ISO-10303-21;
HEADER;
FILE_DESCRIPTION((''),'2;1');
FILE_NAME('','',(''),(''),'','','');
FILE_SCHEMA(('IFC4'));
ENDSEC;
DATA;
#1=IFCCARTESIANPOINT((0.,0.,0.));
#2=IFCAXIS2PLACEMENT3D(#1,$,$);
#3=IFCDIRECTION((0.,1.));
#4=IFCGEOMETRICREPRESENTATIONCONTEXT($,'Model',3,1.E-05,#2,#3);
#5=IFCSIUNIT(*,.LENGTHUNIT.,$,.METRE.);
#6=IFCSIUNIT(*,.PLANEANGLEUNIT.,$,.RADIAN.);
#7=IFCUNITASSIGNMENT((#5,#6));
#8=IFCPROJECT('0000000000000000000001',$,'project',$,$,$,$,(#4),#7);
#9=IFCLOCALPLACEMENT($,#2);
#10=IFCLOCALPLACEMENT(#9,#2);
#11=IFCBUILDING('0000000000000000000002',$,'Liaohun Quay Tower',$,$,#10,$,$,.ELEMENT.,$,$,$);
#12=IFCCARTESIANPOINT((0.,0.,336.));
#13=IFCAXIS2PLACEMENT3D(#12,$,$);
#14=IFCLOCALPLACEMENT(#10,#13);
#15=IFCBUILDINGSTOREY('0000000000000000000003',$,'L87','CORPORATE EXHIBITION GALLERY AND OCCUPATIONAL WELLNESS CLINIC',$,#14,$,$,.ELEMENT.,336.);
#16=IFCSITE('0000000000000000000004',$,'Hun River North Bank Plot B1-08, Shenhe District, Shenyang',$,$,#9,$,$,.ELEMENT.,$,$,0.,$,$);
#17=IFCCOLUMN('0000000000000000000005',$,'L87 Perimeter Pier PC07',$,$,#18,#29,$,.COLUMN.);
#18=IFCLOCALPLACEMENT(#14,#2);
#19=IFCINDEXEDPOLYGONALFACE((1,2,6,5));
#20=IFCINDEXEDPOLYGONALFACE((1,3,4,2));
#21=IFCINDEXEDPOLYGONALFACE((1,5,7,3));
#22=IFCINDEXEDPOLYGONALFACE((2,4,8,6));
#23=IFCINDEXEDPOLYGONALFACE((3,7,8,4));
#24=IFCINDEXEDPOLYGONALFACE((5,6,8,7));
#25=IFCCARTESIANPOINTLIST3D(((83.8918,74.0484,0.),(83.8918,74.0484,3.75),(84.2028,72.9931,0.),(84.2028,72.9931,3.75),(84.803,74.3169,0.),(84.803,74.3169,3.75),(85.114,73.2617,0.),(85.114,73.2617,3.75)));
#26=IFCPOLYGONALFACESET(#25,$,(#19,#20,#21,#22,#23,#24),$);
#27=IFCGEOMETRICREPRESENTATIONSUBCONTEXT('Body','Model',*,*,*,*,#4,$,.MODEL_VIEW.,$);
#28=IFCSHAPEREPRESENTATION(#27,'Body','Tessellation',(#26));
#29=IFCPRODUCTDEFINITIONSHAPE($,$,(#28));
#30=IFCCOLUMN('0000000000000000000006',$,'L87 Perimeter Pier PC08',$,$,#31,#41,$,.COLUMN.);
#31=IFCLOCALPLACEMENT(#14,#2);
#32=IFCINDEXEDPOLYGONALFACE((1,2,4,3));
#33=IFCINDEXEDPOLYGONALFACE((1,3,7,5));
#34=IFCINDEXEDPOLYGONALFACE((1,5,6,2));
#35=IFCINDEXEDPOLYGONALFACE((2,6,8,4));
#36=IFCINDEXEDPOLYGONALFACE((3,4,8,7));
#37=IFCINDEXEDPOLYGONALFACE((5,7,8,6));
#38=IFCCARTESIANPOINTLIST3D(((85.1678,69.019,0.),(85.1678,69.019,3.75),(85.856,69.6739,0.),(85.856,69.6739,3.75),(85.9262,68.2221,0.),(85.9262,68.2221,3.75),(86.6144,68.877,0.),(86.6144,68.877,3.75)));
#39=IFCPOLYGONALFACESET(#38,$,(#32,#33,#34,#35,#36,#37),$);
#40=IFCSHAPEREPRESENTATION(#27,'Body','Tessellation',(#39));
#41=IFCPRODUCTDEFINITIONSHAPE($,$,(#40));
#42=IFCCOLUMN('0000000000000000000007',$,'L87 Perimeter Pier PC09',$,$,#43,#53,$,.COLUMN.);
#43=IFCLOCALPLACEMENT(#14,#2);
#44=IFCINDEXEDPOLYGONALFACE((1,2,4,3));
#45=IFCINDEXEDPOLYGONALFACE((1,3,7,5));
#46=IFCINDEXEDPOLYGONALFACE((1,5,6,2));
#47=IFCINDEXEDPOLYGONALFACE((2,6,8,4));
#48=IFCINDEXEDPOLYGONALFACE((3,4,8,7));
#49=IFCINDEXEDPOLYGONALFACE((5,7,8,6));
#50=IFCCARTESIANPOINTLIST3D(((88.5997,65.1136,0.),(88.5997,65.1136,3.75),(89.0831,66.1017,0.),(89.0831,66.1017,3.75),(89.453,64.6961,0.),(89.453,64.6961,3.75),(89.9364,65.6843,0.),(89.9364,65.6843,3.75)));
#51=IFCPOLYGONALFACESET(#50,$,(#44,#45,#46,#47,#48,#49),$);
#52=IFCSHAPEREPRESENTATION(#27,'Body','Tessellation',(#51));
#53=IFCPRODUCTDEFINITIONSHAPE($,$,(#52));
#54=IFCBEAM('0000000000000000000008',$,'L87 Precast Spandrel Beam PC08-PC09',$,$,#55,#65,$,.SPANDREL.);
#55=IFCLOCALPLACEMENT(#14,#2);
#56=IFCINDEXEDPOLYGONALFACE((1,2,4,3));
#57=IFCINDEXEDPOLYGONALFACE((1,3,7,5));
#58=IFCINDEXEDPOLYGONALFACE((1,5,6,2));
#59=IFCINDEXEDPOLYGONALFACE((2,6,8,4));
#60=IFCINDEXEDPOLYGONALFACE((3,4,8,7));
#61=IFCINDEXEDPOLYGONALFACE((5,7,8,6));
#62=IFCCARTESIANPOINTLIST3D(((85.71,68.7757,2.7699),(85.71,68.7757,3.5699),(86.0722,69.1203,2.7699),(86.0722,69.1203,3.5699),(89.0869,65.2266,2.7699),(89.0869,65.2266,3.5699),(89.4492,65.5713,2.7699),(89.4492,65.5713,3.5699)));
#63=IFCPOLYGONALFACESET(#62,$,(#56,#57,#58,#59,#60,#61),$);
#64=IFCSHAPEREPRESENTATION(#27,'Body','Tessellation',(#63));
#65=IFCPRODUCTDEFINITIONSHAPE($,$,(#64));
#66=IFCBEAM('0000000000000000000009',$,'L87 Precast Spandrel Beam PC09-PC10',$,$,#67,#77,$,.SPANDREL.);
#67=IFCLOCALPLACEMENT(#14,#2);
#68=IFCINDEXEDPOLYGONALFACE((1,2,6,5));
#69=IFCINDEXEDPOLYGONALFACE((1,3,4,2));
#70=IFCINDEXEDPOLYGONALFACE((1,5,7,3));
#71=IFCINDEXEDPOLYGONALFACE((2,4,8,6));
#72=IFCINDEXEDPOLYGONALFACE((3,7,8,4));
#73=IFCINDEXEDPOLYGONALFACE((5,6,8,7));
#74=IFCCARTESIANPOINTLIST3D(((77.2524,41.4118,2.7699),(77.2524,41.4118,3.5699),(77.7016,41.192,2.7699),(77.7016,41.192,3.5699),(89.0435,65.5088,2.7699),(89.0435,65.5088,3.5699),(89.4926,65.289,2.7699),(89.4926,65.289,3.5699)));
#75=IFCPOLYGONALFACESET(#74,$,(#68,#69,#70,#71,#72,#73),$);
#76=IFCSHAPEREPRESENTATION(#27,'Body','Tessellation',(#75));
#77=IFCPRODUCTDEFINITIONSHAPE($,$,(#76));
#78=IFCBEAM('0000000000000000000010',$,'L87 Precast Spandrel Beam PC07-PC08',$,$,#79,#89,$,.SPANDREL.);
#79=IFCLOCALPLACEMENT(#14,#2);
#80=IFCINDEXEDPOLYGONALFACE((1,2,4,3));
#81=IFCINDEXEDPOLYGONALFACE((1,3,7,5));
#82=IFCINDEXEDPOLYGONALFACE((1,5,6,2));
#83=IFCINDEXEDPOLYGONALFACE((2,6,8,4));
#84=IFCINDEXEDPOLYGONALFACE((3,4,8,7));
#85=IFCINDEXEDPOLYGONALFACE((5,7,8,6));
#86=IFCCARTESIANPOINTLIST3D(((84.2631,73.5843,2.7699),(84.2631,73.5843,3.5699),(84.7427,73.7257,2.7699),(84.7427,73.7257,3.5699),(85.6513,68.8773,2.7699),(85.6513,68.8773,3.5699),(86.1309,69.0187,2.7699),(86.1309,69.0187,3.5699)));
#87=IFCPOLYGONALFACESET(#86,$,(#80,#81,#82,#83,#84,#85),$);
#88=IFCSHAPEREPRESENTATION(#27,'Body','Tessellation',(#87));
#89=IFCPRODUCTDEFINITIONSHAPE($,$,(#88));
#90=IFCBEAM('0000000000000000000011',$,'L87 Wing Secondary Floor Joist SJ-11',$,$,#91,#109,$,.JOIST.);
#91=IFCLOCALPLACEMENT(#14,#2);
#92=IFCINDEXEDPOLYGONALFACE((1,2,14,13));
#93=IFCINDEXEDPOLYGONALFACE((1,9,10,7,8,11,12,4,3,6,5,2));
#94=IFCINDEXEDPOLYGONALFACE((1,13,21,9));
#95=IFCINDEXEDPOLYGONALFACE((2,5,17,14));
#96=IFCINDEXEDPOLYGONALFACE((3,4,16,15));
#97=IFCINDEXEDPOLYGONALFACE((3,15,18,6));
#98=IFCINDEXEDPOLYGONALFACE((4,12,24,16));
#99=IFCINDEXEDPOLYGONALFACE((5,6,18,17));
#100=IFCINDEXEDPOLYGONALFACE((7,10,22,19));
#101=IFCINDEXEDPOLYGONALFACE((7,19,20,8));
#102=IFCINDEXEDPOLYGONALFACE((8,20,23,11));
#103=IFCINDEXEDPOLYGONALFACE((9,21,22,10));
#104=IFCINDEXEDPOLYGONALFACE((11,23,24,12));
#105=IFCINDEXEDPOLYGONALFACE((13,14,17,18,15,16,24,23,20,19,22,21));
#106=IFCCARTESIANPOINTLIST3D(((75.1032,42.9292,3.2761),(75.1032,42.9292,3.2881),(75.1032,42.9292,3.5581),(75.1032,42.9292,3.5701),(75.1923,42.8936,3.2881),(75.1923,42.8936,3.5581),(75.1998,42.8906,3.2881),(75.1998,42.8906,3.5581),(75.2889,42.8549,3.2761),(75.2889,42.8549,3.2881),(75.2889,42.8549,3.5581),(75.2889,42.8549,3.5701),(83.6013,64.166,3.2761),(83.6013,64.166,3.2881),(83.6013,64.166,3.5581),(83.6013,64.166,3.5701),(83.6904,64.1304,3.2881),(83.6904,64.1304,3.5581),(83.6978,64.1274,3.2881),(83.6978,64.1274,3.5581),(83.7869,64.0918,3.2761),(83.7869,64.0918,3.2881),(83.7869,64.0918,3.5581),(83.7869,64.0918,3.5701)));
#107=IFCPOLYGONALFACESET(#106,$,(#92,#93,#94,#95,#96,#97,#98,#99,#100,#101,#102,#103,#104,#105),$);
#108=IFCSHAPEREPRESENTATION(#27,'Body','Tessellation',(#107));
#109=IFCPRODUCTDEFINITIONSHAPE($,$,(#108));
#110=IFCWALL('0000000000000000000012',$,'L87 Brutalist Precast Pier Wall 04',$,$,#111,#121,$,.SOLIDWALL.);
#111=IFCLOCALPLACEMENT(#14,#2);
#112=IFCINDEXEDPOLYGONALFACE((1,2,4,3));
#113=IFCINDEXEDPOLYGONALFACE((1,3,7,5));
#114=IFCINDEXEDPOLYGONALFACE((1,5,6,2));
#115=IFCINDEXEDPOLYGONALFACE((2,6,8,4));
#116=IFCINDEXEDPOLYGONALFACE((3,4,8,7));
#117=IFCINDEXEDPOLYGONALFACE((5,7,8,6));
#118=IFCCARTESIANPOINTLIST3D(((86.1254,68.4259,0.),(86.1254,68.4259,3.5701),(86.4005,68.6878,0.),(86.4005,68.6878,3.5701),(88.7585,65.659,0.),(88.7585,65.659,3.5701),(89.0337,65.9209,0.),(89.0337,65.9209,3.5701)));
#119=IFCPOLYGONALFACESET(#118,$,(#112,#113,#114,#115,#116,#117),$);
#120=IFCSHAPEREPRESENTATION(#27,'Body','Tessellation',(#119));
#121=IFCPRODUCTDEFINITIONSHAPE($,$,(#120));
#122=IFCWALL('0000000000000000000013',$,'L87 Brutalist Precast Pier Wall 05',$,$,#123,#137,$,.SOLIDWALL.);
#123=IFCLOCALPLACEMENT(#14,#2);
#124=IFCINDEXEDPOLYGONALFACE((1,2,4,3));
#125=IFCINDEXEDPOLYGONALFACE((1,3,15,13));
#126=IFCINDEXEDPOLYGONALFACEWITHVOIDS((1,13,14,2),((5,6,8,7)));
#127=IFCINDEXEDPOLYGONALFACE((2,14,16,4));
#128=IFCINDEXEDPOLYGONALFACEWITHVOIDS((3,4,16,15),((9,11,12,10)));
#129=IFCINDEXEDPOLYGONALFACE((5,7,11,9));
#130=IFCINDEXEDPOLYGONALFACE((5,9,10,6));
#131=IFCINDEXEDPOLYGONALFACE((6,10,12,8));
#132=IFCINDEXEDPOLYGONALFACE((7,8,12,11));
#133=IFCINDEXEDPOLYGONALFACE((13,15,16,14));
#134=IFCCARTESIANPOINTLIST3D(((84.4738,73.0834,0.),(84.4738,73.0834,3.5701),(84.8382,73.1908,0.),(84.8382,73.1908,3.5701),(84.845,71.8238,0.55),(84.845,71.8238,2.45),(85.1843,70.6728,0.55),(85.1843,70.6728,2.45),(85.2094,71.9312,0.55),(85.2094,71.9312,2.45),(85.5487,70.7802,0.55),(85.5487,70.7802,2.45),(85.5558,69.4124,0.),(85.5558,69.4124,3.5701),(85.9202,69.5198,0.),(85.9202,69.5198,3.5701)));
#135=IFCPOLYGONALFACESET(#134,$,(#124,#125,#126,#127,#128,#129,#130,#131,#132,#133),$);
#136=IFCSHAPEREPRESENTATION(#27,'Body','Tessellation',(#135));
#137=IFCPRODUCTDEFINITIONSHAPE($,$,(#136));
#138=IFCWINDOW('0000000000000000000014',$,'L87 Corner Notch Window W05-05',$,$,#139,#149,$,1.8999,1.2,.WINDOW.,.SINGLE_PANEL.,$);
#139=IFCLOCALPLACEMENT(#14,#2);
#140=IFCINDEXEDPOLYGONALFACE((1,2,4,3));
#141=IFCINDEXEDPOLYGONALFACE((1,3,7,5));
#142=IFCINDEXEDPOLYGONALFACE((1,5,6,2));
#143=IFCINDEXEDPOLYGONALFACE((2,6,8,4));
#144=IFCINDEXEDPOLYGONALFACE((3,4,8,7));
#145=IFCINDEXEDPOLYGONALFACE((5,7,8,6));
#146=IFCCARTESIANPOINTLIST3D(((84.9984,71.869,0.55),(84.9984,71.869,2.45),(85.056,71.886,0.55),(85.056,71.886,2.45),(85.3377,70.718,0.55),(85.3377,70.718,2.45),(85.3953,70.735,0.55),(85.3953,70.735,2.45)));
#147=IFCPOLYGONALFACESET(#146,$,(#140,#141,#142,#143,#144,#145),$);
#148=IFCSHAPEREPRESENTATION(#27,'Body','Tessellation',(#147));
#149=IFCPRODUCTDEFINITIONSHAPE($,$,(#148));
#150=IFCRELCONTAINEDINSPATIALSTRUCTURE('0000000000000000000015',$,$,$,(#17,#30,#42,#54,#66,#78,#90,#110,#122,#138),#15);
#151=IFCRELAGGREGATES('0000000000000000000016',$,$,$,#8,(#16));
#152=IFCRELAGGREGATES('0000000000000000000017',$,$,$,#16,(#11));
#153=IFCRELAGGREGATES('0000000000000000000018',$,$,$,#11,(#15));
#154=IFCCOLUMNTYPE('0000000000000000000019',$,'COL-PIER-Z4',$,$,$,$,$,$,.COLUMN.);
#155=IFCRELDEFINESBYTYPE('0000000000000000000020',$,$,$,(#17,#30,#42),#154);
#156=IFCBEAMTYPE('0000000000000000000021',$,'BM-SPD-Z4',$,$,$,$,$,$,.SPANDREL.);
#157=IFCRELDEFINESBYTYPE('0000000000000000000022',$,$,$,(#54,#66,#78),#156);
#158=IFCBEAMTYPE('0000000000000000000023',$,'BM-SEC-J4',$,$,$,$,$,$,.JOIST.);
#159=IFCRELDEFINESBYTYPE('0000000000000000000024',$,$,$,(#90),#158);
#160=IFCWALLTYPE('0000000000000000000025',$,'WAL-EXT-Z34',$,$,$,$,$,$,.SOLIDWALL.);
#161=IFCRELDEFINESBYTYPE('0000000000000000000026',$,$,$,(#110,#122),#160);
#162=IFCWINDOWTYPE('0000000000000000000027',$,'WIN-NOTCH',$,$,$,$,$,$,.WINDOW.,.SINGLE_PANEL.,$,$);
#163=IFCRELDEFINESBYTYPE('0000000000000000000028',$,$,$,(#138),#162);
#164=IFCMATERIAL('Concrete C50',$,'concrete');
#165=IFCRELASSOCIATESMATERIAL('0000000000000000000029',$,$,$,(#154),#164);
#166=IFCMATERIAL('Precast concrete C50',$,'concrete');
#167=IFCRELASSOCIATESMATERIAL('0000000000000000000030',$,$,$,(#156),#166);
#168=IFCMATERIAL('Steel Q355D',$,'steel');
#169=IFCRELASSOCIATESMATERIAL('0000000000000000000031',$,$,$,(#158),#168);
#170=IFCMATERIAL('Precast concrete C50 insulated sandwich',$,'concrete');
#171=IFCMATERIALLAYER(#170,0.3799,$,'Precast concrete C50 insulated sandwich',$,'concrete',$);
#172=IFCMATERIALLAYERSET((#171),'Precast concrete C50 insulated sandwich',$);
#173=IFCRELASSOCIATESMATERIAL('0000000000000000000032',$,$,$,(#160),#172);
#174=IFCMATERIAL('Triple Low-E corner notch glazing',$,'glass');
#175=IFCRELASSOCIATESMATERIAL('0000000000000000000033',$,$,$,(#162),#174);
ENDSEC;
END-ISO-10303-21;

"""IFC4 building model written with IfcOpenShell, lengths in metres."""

from ifc_helpers import new_model, si_unit, direction, frame, frame_2d, origin, origin_2d, place, context, subcontext, project, spatial, rectangle, i_section, extrude, source, transform, mapped, material, layer, layer_set, material_profile, profile_set, type_object, element, fill, save


model = new_model("IFC4")

# Units and contexts
model_context = context("Model", 3, precision=1e-05, world=origin(), true_north=direction((0.0, 1.0)))
body_context = subcontext(model_context, "Body", "Model", "MODEL_VIEW")
ifc_project = project(units=[si_unit("LENGTHUNIT", "METRE"), si_unit("PLANEANGLEUNIT", "RADIAN")], contexts=[model_context])

# Site, building, storey
site_placement = place(None, origin())
site = spatial("IfcSite", under=ifc_project, at=site_placement, Name="Hun River North Bank Plot B1-08, Shenhe District, Shenyang", CompositionType="ELEMENT", RefElevation=0.0)
building_placement = place(site_placement, origin())
building = spatial("IfcBuilding", under=site, at=building_placement, Name="Liaohun Quay Tower", CompositionType="ELEMENT")
storey_placement = place(building_placement, frame((0.0, 0.0, 336.0)))
storey = spatial("IfcBuildingStorey", under=building, at=storey_placement, Name="L87", Description="CORPORATE EXHIBITION GALLERY AND OCCUPATIONAL WELLNESS CLINIC", CompositionType="ELEMENT", Elevation=336.0)

# Columns
ifc_material_1 = material(Name="Concrete C50", Category="concrete")
ifc_material_profile_1 = material_profile(ifc_material_1, rectangle(XDim=1.1001, YDim=0.95, at=origin_2d()), Name="RC1100x950")
ifc_profile_set_1 = profile_set([ifc_material_profile_1], Name="Concrete C50")
column_type = type_object("IfcColumnType", Name="COL-PIER-Z4", PredefinedType="COLUMN", material=ifc_profile_set_1)
shared_shape_1 = source(origin(), body_context, "Body", "SweptSolid", [
    extrude(rectangle(XDim=1.1001, YDim=0.95, at=origin_2d()), origin(), (0.0, 0.0, 1.0), 3.75),
])
for number, where, z_axis, x_axis, name in (
    (1, (84.5029, 73.655, 0.0), (0.0, 0.0, 1.0), (-0.282676, 0.959215, 0.0), "L87 Perimeter Pier PC07"),
    (2, (85.8911, 68.948, 0.0), (0.0, 0.0, 1.0), (-0.689367, 0.724413, 0.0), "L87 Perimeter Pier PC08"),
    (3, (89.2681, 65.3989, 0.0), (0.0, 0.0, 1.0), (0.439469, 0.898258, 0.0), "L87 Perimeter Pier PC09"),
):
    element("IfcColumn", number, at=place(storey_placement, frame(where, z_axis=z_axis, x_axis=x_axis)), inside=storey, type_object=column_type, Name=name, PredefinedType="COLUMN", context=body_context, shape_type="MappedRepresentation", body=[
        mapped(shared_shape_1, transform((0.0, 0.0, 0.0), x_axis=(1.0, 0.0, 0.0), y_axis=(0.0, 1.0, 0.0), z_axis=(0.0, 0.0, 1.0), scale=1.0)),
    ])

# Beams
ifc_material_2 = material(Name="Precast concrete C50", Category="concrete")
ifc_material_profile_2 = material_profile(ifc_material_2, rectangle(XDim=0.5, YDim=0.8, at=origin_2d()), Name="RC500x800")
ifc_profile_set_2 = profile_set([ifc_material_profile_2], Name="Precast concrete C50")
beam_type_1 = type_object("IfcBeamType", Name="BM-SPD-Z4", PredefinedType="SPANDREL", material=ifc_profile_set_2)
shared_shape_2 = source(origin(), body_context, "Body", "SweptSolid", [
    extrude(rectangle(XDim=0.5, YDim=0.8, at=origin_2d()), origin(), (0.0, 0.0, 1.0), 4.8989),
])
beam_1_placement = place(storey_placement, frame((85.8911, 68.948, 3.1699), z_axis=(0.689322, -0.724455, 0.0), x_axis=(0.724455, 0.689322, 0.0)))
element("IfcBeam", 4, at=beam_1_placement, inside=storey, type_object=beam_type_1, Name="L87 Precast Spandrel Beam PC08-PC09", PredefinedType="SPANDREL", context=body_context, shape_type="MappedRepresentation", body=[
    mapped(shared_shape_2, transform((0.0, 0.0, 0.0), x_axis=(1.0, 0.0, 0.0), y_axis=(0.0, 1.0, 0.0), z_axis=(0.0, 0.0, 1.0), scale=1.0)),
])
shared_shape_3 = source(origin(), body_context, "Body", "SweptSolid", [
    extrude(rectangle(XDim=0.5, YDim=0.8, at=origin_2d()), origin(), (0.0, 0.0, 1.0), 26.8271),
])
beam_2_placement = place(storey_placement, frame((89.2681, 65.3989, 3.1699), z_axis=(-0.43952, -0.898233, 0.0), x_axis=(0.898233, -0.43952, 0.0)))
element("IfcBeam", 5, at=beam_2_placement, inside=storey, type_object=beam_type_1, Name="L87 Precast Spandrel Beam PC09-PC10", PredefinedType="SPANDREL", context=body_context, shape_type="MappedRepresentation", body=[
    mapped(shared_shape_3, transform((0.0, 0.0, 0.0), x_axis=(1.0, 0.0, 0.0), y_axis=(0.0, 1.0, 0.0), z_axis=(0.0, 0.0, 1.0), scale=1.0)),
])
shared_shape_4 = source(origin(), body_context, "Body", "SweptSolid", [
    extrude(rectangle(XDim=0.5, YDim=0.8, at=origin_2d()), origin(), (0.0, 0.0, 1.0), 4.9075),
])
beam_3_placement = place(storey_placement, frame((84.5029, 73.655, 3.1699), z_axis=(0.282872, -0.959158, 0.0), x_axis=(0.959158, 0.282872, 0.0)))
element("IfcBeam", 6, at=beam_3_placement, inside=storey, type_object=beam_type_1, Name="L87 Precast Spandrel Beam PC07-PC08", PredefinedType="SPANDREL", context=body_context, shape_type="MappedRepresentation", body=[
    mapped(shared_shape_4, transform((0.0, 0.0, 0.0), x_axis=(1.0, 0.0, 0.0), y_axis=(0.0, 1.0, 0.0), z_axis=(0.0, 0.0, 1.0), scale=1.0)),
])
ifc_material_3 = material(Name="Steel Q355D", Category="steel")
ifc_material_profile_3 = material_profile(ifc_material_3, i_section(OverallWidth=0.2, OverallDepth=0.2939, WebThickness=0.0081, FlangeThickness=0.012, at=origin_2d()), Name="HM294x200x8x12")
ifc_profile_set_3 = profile_set([ifc_material_profile_3], Name="Steel Q355D")
beam_type_2 = type_object("IfcBeamType", Name="BM-SEC-J4", PredefinedType="JOIST", material=ifc_profile_set_3)
shared_shape_5 = source(origin(), body_context, "Body", "SweptSolid", [
    extrude(i_section(OverallWidth=0.2, OverallDepth=0.2939, WebThickness=0.0081, FlangeThickness=0.012, at=origin_2d()), origin(), (0.0, 0.0, 1.0), 22.874),
])
beam_4_placement = place(storey_placement, frame((83.6941, 64.1289, 3.4231), z_axis=(-0.371516, -0.928427, 0.0), x_axis=(0.928427, -0.371516, 0.0)))
element("IfcBeam", 7, at=beam_4_placement, inside=storey, type_object=beam_type_2, Name="L87 Wing Secondary Floor Joist SJ-11", PredefinedType="JOIST", context=body_context, shape_type="MappedRepresentation", body=[
    mapped(shared_shape_5, transform((0.0, 0.0, 0.0), x_axis=(1.0, 0.0, 0.0), y_axis=(0.0, 1.0, 0.0), z_axis=(0.0, 0.0, 1.0), scale=1.0)),
])

# Wall
ifc_material_4 = material(Name="Precast concrete C50 insulated sandwich", Category="concrete")
ifc_layer_1 = layer(ifc_material_4, 0.3799, Name="Precast concrete C50 insulated sandwich", Category="concrete")
ifc_layer_set_1 = layer_set([ifc_layer_1], Name="Precast concrete C50 insulated sandwich")
wall_type_1 = type_object("IfcWallType", Name="WAL-EXT-Z34", PredefinedType="SOLIDWALL", material=ifc_layer_set_1)
wall_1_placement = place(storey_placement, frame((88.896, 65.79, 0.0), z_axis=(0.0, 0.0, 1.0), x_axis=(-0.689376, 0.724404, 0.0)))
element("IfcWall", 8, at=wall_1_placement, inside=storey, type_object=wall_type_1, Name="L87 Brutalist Precast Pier Wall 04", PredefinedType="SOLIDWALL", context=body_context, shape_type="SweptSolid", body=[
    extrude(rectangle(XDim=3.8196, YDim=0.3799, at=frame_2d((1.9097, 0.0))), origin(), (0.0, 0.0, 1.0), 3.5701),
])

# Wall, opening, window
wall_2_placement = place(storey_placement, frame((85.738, 69.4661, 0.0), z_axis=(0.0, 0.0, 1.0), x_axis=(-0.282733, 0.959199, 0.0)))
wall_2 = element("IfcWall", 9, at=wall_2_placement, inside=storey, type_object=wall_type_1, Name="L87 Brutalist Precast Pier Wall 05", PredefinedType="SOLIDWALL", context=body_context, shape_type="SweptSolid", body=[
    extrude(rectangle(XDim=3.8271, YDim=0.3799, at=frame_2d((1.9136, 0.0))), origin(), (0.0, 0.0, 1.0), 3.5701),
])
shared_shape_6 = source(origin(), body_context, "Body", "SweptSolid", [
    extrude(rectangle(XDim=1.2, YDim=1.8999, at=frame_2d((0.6001, 0.95))), frame((0.0, 0.2, 0.0), z_axis=(0.0, -1.0, 0.0), x_axis=(1.0, 0.0, 0.0)), (0.0, 0.0, 1.0), 0.3999),
])
opening_1_placement = place(wall_2_placement, frame((1.314, 0.0, 0.55)))
opening_1 = element("IfcOpeningElement", 10, at=opening_1_placement, cuts=wall_2, PredefinedType="OPENING", context=body_context, shape_type="MappedRepresentation", body=[
    mapped(shared_shape_6, transform((0.0, 0.0, 0.0), x_axis=(1.0, 0.0, 0.0), y_axis=(0.0, 1.0, 0.0), z_axis=(0.0, 0.0, 1.0), scale=1.0)),
])
ifc_material_5 = material(Name="Triple Low-E corner notch glazing", Category="glass")
window_type_1 = type_object("IfcWindowType", Name="WIN-NOTCH", PartitioningType="SINGLE_PANEL", PredefinedType="WINDOW", material=ifc_material_5)
shared_shape_7 = source(origin(), body_context, "Body", "SweptSolid", [
    extrude(rectangle(XDim=1.2, YDim=1.8999, at=frame_2d((0.6001, 0.95))), frame((0.0, 0.03, 0.0), z_axis=(0.0, -1.0, 0.0), x_axis=(1.0, 0.0, 0.0)), (0.0, 0.0, 1.0), 0.0601),
])
window_1_placement = place(opening_1_placement, origin())
window_1 = element("IfcWindow", 11, at=window_1_placement, inside=storey, type_object=window_type_1, Name="L87 Corner Notch Window W05-05", OverallHeight=1.8999, OverallWidth=1.2, PartitioningType="SINGLE_PANEL", PredefinedType="WINDOW", context=body_context, shape_type="MappedRepresentation", body=[
    mapped(shared_shape_7, transform((0.0, 0.0, 0.0), x_axis=(1.0, 0.0, 0.0), y_axis=(0.0, 1.0, 0.0), z_axis=(0.0, 0.0, 1.0), scale=1.0)),
])
fill(opening_1, window_1)

save(model, "model.ifc")
